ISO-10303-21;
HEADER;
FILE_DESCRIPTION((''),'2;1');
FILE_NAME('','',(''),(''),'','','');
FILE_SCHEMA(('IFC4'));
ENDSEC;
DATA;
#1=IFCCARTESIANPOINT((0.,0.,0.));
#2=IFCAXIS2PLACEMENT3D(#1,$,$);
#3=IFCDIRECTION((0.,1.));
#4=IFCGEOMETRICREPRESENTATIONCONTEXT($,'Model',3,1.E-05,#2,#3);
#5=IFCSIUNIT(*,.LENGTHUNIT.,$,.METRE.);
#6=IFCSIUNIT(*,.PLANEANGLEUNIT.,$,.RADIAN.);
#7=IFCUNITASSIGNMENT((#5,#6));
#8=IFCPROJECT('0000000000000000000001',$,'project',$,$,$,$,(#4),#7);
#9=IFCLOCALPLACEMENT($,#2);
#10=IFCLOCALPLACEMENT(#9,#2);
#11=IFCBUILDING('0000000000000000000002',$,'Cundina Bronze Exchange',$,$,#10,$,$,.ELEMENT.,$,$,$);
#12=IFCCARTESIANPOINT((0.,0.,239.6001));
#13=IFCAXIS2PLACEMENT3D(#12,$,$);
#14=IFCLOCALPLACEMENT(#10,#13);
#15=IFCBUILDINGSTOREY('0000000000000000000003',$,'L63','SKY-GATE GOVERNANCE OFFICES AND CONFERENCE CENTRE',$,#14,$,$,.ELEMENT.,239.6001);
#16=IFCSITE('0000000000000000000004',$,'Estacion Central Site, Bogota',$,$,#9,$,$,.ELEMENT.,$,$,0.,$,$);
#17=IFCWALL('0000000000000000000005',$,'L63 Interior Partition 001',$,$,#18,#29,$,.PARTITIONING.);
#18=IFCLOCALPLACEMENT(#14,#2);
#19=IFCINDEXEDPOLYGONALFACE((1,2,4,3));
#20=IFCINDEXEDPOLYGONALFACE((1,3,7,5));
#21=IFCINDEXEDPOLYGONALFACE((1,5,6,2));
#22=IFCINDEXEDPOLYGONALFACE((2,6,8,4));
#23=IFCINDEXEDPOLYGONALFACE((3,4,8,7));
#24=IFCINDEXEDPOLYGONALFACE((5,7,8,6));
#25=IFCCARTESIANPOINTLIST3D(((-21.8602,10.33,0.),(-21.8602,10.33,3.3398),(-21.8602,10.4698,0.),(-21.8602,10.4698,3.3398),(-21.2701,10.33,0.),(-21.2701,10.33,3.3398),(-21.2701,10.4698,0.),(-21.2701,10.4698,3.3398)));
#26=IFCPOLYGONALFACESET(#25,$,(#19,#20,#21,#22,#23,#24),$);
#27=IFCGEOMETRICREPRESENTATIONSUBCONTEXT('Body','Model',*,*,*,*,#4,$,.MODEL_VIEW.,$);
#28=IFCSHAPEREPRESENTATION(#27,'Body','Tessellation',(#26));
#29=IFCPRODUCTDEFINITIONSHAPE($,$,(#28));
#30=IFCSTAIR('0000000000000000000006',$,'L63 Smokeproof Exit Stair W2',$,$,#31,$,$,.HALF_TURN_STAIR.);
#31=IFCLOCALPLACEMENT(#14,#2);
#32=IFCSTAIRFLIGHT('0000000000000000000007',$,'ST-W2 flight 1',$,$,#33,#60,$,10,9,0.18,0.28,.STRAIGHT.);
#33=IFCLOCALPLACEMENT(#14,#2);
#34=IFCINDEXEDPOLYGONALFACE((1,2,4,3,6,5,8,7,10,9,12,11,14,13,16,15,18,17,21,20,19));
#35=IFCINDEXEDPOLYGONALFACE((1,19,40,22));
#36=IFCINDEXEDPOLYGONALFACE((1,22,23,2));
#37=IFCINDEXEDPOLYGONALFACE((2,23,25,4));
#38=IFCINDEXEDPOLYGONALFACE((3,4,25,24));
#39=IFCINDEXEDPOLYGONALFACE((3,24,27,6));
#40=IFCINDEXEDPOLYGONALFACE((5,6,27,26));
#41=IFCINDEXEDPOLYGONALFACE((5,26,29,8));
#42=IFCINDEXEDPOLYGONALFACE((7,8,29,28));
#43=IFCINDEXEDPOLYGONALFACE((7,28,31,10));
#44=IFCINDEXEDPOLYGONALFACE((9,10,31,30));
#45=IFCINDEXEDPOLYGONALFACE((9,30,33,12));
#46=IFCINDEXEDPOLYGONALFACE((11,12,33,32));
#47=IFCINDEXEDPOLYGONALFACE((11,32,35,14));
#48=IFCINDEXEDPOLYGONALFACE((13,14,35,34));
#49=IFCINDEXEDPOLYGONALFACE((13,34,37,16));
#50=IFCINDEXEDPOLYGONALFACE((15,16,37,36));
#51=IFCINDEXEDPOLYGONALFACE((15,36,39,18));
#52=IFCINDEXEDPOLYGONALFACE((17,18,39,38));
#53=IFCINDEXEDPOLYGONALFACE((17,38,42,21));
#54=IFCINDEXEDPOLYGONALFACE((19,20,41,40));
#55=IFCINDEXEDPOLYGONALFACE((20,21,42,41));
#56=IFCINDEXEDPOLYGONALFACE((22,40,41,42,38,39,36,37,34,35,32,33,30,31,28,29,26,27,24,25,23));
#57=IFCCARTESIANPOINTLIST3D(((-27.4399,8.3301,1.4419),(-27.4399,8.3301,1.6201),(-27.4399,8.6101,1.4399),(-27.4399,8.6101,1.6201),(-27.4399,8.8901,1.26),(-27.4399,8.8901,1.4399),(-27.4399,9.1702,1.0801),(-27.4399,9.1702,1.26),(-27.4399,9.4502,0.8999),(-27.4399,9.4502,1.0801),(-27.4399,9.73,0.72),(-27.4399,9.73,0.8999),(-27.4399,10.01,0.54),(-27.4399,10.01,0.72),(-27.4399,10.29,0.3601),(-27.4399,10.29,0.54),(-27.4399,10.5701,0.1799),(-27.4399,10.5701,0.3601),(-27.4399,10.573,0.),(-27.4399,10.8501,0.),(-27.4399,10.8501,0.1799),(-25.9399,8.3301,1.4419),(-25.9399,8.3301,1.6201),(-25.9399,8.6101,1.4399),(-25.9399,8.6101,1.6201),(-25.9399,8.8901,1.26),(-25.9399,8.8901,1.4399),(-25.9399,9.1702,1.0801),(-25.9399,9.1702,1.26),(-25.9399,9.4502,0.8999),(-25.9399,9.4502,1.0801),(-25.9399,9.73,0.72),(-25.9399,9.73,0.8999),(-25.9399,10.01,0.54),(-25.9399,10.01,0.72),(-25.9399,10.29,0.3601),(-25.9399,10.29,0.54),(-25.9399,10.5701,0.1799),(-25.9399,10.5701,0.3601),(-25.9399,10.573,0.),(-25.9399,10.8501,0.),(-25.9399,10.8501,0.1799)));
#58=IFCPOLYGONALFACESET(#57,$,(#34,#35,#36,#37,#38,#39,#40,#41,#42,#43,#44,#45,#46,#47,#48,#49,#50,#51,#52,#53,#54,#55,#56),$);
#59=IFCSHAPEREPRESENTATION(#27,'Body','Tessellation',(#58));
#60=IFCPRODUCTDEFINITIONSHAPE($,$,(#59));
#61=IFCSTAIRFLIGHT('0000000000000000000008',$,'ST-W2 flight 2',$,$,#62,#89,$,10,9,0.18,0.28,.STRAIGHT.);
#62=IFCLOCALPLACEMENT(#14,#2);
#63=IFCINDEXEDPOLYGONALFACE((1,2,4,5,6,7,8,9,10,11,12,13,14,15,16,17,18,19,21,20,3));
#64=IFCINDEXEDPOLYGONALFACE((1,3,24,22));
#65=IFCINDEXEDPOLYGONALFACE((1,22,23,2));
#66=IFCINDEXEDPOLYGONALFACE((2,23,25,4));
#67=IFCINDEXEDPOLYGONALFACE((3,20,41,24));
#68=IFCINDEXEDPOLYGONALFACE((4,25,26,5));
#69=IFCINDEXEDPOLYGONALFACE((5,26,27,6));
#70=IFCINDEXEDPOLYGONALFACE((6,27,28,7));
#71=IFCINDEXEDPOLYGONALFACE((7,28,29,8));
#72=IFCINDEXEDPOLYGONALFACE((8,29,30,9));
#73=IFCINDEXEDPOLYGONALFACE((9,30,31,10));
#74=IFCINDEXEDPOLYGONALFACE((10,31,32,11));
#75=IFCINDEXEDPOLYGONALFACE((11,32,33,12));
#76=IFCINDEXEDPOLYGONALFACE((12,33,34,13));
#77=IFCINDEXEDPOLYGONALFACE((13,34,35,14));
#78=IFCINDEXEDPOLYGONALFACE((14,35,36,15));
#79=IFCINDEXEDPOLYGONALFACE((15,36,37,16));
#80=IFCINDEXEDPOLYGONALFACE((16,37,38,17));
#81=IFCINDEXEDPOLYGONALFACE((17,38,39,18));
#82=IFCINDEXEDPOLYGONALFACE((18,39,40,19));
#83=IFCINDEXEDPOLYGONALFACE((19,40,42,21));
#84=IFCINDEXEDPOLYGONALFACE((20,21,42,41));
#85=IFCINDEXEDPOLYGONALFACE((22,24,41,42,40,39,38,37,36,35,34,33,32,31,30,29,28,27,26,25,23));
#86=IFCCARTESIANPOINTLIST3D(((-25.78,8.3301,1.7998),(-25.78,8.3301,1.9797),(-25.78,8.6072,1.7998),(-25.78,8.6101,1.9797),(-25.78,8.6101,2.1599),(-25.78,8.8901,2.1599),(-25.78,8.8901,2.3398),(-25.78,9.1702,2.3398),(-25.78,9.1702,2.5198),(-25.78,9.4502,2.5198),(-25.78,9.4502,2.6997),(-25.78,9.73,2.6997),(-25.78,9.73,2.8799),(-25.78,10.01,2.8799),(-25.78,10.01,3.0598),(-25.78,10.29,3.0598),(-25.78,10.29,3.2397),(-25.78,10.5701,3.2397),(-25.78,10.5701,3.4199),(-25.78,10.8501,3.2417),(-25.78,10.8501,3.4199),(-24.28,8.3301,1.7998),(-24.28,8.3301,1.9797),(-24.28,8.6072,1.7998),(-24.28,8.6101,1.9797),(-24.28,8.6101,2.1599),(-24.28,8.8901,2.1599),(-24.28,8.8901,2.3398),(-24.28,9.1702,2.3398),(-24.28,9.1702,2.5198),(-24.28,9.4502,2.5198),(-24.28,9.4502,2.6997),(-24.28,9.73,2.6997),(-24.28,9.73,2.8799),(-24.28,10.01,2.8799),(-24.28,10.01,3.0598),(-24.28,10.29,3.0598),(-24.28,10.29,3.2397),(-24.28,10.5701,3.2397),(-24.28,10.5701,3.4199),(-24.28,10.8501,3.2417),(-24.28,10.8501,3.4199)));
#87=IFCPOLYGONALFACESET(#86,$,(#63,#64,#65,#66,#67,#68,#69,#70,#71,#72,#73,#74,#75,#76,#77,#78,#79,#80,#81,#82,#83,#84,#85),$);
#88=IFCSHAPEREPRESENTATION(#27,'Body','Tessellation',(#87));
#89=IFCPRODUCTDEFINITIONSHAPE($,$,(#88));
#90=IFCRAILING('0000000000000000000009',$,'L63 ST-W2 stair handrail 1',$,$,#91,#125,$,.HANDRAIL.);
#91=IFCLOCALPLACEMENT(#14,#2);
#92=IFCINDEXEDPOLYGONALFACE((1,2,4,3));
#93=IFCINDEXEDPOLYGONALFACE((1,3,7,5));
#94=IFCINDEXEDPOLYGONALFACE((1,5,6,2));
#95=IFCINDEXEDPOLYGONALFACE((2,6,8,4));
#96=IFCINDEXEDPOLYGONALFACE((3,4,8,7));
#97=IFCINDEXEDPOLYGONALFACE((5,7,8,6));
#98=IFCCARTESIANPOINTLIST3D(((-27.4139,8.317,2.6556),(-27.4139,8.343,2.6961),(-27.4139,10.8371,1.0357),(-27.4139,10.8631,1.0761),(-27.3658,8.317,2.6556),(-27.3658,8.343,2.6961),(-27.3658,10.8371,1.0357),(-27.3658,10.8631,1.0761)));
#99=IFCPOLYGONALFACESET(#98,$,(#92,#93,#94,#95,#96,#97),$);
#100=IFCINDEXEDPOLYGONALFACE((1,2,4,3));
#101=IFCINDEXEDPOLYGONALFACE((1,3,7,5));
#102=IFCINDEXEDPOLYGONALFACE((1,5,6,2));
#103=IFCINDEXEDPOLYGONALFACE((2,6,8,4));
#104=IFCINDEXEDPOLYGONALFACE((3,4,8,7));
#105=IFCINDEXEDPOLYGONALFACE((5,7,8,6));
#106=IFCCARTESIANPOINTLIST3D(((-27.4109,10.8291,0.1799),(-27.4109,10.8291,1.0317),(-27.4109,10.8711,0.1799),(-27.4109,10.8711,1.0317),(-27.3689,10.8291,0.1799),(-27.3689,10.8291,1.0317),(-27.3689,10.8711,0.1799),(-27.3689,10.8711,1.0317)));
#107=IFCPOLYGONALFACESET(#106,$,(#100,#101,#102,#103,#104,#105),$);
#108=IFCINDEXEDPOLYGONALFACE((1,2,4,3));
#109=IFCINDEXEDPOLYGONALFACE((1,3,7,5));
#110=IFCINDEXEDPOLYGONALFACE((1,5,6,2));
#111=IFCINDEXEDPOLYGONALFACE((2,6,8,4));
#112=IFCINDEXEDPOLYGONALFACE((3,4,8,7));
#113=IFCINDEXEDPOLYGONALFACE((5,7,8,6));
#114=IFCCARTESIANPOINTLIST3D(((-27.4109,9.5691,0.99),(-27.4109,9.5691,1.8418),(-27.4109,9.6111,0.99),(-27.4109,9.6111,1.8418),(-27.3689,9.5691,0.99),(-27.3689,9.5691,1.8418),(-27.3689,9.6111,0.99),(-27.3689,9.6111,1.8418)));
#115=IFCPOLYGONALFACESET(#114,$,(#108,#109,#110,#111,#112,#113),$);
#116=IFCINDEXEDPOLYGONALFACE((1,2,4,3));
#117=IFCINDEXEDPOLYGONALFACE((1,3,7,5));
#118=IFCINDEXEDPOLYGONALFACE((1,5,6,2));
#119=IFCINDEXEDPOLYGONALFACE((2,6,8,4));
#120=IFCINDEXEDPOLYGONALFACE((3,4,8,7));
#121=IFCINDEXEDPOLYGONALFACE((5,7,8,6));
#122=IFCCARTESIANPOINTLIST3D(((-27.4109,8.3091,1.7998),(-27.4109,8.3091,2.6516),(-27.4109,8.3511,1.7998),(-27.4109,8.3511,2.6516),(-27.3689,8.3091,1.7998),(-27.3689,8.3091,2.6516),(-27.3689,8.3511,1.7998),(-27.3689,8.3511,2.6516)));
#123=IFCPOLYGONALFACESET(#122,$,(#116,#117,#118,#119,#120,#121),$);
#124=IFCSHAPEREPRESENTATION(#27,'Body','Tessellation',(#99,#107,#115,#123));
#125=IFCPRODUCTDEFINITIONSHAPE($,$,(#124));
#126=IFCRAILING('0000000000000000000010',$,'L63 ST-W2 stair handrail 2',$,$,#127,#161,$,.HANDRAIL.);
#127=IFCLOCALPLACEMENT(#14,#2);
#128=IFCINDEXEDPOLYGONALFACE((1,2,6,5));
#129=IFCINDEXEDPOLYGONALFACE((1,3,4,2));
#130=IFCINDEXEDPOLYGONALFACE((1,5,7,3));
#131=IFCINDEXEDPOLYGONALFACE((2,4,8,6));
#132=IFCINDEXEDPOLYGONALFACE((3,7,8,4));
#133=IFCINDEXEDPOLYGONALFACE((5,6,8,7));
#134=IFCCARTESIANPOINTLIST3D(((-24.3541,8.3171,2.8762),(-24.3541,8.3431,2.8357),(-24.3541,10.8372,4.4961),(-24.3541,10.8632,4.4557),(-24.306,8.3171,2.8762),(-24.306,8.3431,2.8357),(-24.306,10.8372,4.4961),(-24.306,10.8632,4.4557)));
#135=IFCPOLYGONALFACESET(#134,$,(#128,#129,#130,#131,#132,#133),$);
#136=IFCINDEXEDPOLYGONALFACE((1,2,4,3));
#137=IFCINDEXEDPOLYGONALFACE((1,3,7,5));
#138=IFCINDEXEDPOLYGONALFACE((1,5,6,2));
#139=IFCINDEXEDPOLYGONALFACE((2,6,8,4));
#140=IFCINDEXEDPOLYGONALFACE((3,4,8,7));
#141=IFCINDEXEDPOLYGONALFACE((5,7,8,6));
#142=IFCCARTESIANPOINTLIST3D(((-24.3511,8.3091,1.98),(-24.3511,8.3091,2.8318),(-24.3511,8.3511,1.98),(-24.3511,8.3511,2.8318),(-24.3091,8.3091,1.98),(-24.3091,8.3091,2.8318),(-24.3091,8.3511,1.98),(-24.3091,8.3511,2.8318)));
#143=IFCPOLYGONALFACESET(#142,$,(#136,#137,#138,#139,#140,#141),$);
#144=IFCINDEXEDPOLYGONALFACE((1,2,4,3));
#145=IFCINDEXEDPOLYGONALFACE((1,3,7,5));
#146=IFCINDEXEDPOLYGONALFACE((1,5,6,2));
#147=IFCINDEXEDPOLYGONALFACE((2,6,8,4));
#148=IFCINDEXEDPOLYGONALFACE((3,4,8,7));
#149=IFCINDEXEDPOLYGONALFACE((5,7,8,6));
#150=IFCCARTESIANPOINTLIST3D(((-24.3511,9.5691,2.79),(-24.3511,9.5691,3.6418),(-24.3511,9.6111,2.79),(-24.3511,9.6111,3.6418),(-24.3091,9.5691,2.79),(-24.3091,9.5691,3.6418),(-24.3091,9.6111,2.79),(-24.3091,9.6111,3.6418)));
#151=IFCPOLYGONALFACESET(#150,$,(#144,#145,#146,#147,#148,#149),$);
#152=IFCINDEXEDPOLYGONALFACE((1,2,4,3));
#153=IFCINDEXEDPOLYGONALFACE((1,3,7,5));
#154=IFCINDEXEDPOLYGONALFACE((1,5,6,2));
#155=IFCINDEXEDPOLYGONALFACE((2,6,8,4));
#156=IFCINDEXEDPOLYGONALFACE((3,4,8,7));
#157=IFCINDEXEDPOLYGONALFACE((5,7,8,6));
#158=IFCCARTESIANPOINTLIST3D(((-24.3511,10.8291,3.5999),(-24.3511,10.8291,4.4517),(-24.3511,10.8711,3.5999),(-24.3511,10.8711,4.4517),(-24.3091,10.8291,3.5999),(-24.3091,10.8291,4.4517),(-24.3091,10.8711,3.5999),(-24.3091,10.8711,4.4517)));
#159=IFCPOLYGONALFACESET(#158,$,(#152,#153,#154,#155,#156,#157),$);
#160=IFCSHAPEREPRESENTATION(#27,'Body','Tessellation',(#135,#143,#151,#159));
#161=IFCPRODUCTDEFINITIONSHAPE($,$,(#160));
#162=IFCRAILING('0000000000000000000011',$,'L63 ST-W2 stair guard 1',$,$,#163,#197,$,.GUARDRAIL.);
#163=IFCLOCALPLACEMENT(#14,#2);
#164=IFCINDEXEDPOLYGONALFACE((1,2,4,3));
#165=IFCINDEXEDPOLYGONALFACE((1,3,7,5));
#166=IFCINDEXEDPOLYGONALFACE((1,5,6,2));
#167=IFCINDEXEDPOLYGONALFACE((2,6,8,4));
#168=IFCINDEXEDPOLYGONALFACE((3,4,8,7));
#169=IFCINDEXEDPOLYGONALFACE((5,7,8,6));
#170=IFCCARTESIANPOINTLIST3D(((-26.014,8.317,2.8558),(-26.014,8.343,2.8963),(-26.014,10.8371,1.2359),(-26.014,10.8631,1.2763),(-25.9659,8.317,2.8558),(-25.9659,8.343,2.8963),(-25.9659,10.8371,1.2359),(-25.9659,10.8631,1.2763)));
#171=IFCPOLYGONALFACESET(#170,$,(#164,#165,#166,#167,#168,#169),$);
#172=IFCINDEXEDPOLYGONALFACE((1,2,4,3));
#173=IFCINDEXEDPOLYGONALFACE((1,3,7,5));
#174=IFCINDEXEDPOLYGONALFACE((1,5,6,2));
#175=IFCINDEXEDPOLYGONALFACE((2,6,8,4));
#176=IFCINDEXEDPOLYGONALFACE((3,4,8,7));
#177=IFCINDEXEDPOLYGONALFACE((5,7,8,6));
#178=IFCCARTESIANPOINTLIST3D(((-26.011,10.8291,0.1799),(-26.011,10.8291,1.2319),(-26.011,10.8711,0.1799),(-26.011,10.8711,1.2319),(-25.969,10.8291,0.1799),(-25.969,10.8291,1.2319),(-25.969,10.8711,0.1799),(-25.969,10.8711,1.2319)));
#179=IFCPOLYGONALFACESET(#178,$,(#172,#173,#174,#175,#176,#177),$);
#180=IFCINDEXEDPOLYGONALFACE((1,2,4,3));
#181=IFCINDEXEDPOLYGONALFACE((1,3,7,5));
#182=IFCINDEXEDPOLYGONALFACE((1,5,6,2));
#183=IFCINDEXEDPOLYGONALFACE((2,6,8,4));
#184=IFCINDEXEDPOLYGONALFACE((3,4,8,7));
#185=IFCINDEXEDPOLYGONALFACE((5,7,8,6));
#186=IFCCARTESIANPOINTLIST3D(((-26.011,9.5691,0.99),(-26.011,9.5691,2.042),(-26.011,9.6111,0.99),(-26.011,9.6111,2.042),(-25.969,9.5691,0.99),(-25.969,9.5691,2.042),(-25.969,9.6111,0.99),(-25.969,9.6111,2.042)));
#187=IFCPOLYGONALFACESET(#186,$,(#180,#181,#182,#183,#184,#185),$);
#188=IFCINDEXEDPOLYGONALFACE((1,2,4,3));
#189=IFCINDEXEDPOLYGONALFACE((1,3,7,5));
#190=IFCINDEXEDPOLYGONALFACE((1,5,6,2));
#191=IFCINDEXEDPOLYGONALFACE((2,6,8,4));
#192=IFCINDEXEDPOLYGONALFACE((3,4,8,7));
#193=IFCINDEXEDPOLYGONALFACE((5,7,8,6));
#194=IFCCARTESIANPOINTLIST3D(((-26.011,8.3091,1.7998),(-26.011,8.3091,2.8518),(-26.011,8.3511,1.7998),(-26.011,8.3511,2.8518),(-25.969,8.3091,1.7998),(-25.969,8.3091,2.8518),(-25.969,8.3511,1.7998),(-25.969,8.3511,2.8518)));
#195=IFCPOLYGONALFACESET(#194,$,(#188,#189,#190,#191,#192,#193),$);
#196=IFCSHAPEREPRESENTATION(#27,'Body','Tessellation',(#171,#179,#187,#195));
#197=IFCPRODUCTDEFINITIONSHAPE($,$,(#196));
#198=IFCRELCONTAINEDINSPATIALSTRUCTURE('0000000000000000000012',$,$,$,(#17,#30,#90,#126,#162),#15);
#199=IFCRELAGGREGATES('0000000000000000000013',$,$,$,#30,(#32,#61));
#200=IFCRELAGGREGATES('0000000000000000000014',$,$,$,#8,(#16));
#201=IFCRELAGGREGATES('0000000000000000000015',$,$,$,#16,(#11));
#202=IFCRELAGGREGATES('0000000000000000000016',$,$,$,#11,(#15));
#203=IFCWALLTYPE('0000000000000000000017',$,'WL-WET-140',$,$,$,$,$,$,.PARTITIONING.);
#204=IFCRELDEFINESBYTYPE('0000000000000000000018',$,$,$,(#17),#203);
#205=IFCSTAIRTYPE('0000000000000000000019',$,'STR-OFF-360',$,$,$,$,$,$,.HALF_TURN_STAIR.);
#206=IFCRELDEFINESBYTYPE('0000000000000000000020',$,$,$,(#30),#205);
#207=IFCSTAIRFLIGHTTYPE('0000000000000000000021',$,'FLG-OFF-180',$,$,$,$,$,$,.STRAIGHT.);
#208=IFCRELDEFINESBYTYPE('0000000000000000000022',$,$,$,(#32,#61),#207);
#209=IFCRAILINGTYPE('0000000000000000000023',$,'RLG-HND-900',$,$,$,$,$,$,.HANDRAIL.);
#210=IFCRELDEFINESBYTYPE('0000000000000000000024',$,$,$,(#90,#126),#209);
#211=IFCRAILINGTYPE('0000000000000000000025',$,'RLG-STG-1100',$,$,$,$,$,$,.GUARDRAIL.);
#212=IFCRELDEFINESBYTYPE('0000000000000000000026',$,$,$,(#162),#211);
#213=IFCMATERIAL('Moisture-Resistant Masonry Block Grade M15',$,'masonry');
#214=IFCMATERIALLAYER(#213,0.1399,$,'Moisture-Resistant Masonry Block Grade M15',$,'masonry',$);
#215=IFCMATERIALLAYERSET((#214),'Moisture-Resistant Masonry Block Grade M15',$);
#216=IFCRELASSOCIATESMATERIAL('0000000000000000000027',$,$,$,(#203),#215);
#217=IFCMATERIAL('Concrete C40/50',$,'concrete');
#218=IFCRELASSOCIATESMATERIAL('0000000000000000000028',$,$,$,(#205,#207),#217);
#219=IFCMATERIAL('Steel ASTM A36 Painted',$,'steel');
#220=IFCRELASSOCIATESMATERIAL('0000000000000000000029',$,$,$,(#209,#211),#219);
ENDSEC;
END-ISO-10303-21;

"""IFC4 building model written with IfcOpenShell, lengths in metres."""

from ifc_helpers import new_model, si_unit, direction, frame, frame_2d, origin, origin_2d, place, context, subcontext, project, spatial, polyline, rectangle, outline, extrude, material, layer, layer_set, type_object, element, aggregate, save


model = new_model("IFC4")

# Units and contexts
model_context = context("Model", 3, precision=1e-05, world=origin(), true_north=direction((0.0, 1.0)))
body_context = subcontext(model_context, "Body", "Model", "MODEL_VIEW")
ifc_project = project(units=[si_unit("LENGTHUNIT", "METRE"), si_unit("PLANEANGLEUNIT", "RADIAN")], contexts=[model_context])

# Site, building, storey
site_placement = place(None, origin())
site = spatial("IfcSite", under=ifc_project, at=site_placement, Name="Estacion Central Site, Bogota", CompositionType="ELEMENT", RefElevation=0.0)
building_placement = place(site_placement, origin())
building = spatial("IfcBuilding", under=site, at=building_placement, Name="Cundina Bronze Exchange", CompositionType="ELEMENT")
storey_placement = place(building_placement, frame((0.0, 0.0, 239.6001)))
storey = spatial("IfcBuildingStorey", under=building, at=storey_placement, Name="L63", Description="SKY-GATE GOVERNANCE OFFICES AND CONFERENCE CENTRE", CompositionType="ELEMENT", Elevation=239.6001)

# Shared definitions
ifc_material_1 = material(Name="Steel ASTM A36 Painted", Category="steel")

# Wall
ifc_material_2 = material(Name="Moisture-Resistant Masonry Block Grade M15", Category="masonry")
ifc_layer_1 = layer(ifc_material_2, 0.1399, Name="Moisture-Resistant Masonry Block Grade M15", Category="masonry")
ifc_layer_set_1 = layer_set([ifc_layer_1], Name="Moisture-Resistant Masonry Block Grade M15")
wall_type_1 = type_object("IfcWallType", Name="WL-WET-140", PredefinedType="PARTITIONING", material=ifc_layer_set_1)
wall_1_placement = place(storey_placement, frame((-21.8601, 10.3999, 0.0), z_axis=(0.0, 0.0, 1.0), x_axis=(1.0, 0.0, 0.0)))
element("IfcWall", 1, at=wall_1_placement, inside=storey, type_object=wall_type_1, Name="L63 Interior Partition 001", PredefinedType="PARTITIONING", context=body_context, shape_type="SweptSolid", body=[
    extrude(rectangle(XDim=0.5901, YDim=0.1399, at=frame_2d((0.2949, 0.0))), origin(), (0.0, 0.0, 1.0), 3.3398),
])

# Stair, stair flights
ifc_material_3 = material(Name="Concrete C40/50", Category="concrete")
stair_type = type_object("IfcStairType", Name="STR-OFF-360", PredefinedType="HALF_TURN_STAIR", material=ifc_material_3)
stair_placement = place(storey_placement, origin())
stair = element("IfcStair", 2, at=stair_placement, inside=storey, type_object=stair_type, Name="L63 Smokeproof Exit Stair W2", PredefinedType="HALF_TURN_STAIR")
stair_flight_type = type_object("IfcStairFlightType", Name="FLG-OFF-180", PredefinedType="STRAIGHT", material=ifc_material_3)
stair_flight_1_placement = place(storey_placement, frame((-26.6899, 10.8501, 0.0), z_axis=(0.0, 0.0, 1.0), x_axis=(0.0, -1.0, 0.0)))
stair_flight_1 = element("IfcStairFlight", 3, at=stair_flight_1_placement, type_object=stair_flight_type, Name="ST-W2 flight 1", NumberOfRisers=10, NumberOfTreads=9, PredefinedType="STRAIGHT", RiserHeight=0.18, TreadLength=0.28, context=body_context, shape_type="SweptSolid", body=[
    extrude(outline(polyline([(0.0, 0.0), (0.0, 0.1799), (0.28, 0.1799), (0.28, 0.3601), (0.5601, 0.3601), (0.5601, 0.54), (0.8401, 0.54), (0.8401, 0.72), (1.1201, 0.72), (1.1201, 0.8999), (1.3999, 0.8999), (1.3999, 1.0801), (1.6799, 1.0801), (1.6799, 1.26), (1.96, 1.26), (1.96, 1.4399), (2.24, 1.4399), (2.24, 1.6201), (2.52, 1.6201), (2.52, 1.8), (2.52, 1.4419), (0.2771, 0.0), (0.0, 0.0)])), frame((0.0, 0.75, 0.0), z_axis=(0.0, -1.0, 0.0), x_axis=(1.0, 0.0, 0.0)), (0.0, 0.0, 1.0), 1.5),
])
stair_flight_2_placement = place(storey_placement, frame((-25.03, 8.3301, 1.7998), z_axis=(0.0, 0.0, 1.0), x_axis=(0.0, 1.0, 0.0)))
stair_flight_2 = element("IfcStairFlight", 4, at=stair_flight_2_placement, type_object=stair_flight_type, Name="ST-W2 flight 2", NumberOfRisers=10, NumberOfTreads=9, PredefinedType="STRAIGHT", RiserHeight=0.18, TreadLength=0.28, context=body_context, shape_type="SweptSolid", body=[
    extrude(outline(polyline([(0.0, 0.0), (0.0, 0.1799), (0.28, 0.1799), (0.28, 0.3601), (0.5601, 0.3601), (0.5601, 0.54), (0.8401, 0.54), (0.8401, 0.72), (1.1201, 0.72), (1.1201, 0.8999), (1.3999, 0.8999), (1.3999, 1.0801), (1.6799, 1.0801), (1.6799, 1.26), (1.96, 1.26), (1.96, 1.4399), (2.24, 1.4399), (2.24, 1.6201), (2.52, 1.6201), (2.52, 1.8), (2.52, 1.4419), (0.2771, 0.0), (0.0, 0.0)])), frame((0.0, 0.75, 0.0), z_axis=(0.0, -1.0, 0.0), x_axis=(1.0, 0.0, 0.0)), (0.0, 0.0, 1.0), 1.5),
])
aggregate(stair, [stair_flight_1, stair_flight_2])

# Railings
railing_type_1 = type_object("IfcRailingType", Name="RLG-HND-900", PredefinedType="HANDRAIL", material=ifc_material_1)
railing_1_placement = place(storey_placement, frame((-27.3899, 10.8501, 0.1799)))
element("IfcRailing", 5, at=railing_1_placement, inside=storey, type_object=railing_type_1, Name="L63 ST-W2 stair handrail 1", PredefinedType="HANDRAIL", context=body_context, shape_type="SweptSolid", body=[
    extrude(rectangle(XDim=0.0481, YDim=0.0481, at=origin_2d()), frame((0.0, 0.0, 0.876), z_axis=(0.0, -0.8412, 0.540725), x_axis=(1.0, 0.0, 0.0)), (0.0, 0.0, 1.0), 2.9958),
    extrude(rectangle(XDim=0.042, YDim=0.042, at=origin_2d()), origin(), (0.0, 0.0, 1.0), 0.8518),
    extrude(rectangle(XDim=0.042, YDim=0.042, at=origin_2d()), frame((0.0, -1.26, 0.8101)), (0.0, 0.0, 1.0), 0.8518),
    extrude(rectangle(XDim=0.042, YDim=0.042, at=origin_2d()), frame((0.0, -2.52, 1.6199)), (0.0, 0.0, 1.0), 0.8518),
])
railing_2_placement = place(storey_placement, frame((-24.3301, 8.3301, 1.98)))
element("IfcRailing", 6, at=railing_2_placement, inside=storey, type_object=railing_type_1, Name="L63 ST-W2 stair handrail 2", PredefinedType="HANDRAIL", context=body_context, shape_type="SweptSolid", body=[
    extrude(rectangle(XDim=0.0481, YDim=0.0481, at=origin_2d()), frame((0.0, 0.0, 0.876), z_axis=(0.0, 0.8412, 0.540725), x_axis=(-1.0, 0.0, 0.0)), (0.0, 0.0, 1.0), 2.9958),
    extrude(rectangle(XDim=0.042, YDim=0.042, at=origin_2d()), origin(), (0.0, 0.0, 1.0), 0.8518),
    extrude(rectangle(XDim=0.042, YDim=0.042, at=origin_2d()), frame((0.0, 1.26, 0.8101)), (0.0, 0.0, 1.0), 0.8518),
    extrude(rectangle(XDim=0.042, YDim=0.042, at=origin_2d()), frame((0.0, 2.52, 1.6199)), (0.0, 0.0, 1.0), 0.8518),
])
railing_type_2 = type_object("IfcRailingType", Name="RLG-STG-1100", PredefinedType="GUARDRAIL", material=ifc_material_1)
railing_3_placement = place(storey_placement, frame((-25.99, 10.8501, 0.1799)))
element("IfcRailing", 7, at=railing_3_placement, inside=storey, type_object=railing_type_2, Name="L63 ST-W2 stair guard 1", PredefinedType="GUARDRAIL", context=body_context, shape_type="SweptSolid", body=[
    extrude(rectangle(XDim=0.0481, YDim=0.0481, at=origin_2d()), frame((0.0, 0.0, 1.0762), z_axis=(0.0, -0.8412, 0.540725), x_axis=(1.0, 0.0, 0.0)), (0.0, 0.0, 1.0), 2.9958),
    extrude(rectangle(XDim=0.042, YDim=0.042, at=origin_2d()), origin(), (0.0, 0.0, 1.0), 1.052),
    extrude(rectangle(XDim=0.042, YDim=0.042, at=origin_2d()), frame((0.0, -1.26, 0.8101)), (0.0, 0.0, 1.0), 1.052),
    extrude(rectangle(XDim=0.042, YDim=0.042, at=origin_2d()), frame((0.0, -2.52, 1.6199)), (0.0, 0.0, 1.0), 1.052),
])

save(model, "model.ifc")
